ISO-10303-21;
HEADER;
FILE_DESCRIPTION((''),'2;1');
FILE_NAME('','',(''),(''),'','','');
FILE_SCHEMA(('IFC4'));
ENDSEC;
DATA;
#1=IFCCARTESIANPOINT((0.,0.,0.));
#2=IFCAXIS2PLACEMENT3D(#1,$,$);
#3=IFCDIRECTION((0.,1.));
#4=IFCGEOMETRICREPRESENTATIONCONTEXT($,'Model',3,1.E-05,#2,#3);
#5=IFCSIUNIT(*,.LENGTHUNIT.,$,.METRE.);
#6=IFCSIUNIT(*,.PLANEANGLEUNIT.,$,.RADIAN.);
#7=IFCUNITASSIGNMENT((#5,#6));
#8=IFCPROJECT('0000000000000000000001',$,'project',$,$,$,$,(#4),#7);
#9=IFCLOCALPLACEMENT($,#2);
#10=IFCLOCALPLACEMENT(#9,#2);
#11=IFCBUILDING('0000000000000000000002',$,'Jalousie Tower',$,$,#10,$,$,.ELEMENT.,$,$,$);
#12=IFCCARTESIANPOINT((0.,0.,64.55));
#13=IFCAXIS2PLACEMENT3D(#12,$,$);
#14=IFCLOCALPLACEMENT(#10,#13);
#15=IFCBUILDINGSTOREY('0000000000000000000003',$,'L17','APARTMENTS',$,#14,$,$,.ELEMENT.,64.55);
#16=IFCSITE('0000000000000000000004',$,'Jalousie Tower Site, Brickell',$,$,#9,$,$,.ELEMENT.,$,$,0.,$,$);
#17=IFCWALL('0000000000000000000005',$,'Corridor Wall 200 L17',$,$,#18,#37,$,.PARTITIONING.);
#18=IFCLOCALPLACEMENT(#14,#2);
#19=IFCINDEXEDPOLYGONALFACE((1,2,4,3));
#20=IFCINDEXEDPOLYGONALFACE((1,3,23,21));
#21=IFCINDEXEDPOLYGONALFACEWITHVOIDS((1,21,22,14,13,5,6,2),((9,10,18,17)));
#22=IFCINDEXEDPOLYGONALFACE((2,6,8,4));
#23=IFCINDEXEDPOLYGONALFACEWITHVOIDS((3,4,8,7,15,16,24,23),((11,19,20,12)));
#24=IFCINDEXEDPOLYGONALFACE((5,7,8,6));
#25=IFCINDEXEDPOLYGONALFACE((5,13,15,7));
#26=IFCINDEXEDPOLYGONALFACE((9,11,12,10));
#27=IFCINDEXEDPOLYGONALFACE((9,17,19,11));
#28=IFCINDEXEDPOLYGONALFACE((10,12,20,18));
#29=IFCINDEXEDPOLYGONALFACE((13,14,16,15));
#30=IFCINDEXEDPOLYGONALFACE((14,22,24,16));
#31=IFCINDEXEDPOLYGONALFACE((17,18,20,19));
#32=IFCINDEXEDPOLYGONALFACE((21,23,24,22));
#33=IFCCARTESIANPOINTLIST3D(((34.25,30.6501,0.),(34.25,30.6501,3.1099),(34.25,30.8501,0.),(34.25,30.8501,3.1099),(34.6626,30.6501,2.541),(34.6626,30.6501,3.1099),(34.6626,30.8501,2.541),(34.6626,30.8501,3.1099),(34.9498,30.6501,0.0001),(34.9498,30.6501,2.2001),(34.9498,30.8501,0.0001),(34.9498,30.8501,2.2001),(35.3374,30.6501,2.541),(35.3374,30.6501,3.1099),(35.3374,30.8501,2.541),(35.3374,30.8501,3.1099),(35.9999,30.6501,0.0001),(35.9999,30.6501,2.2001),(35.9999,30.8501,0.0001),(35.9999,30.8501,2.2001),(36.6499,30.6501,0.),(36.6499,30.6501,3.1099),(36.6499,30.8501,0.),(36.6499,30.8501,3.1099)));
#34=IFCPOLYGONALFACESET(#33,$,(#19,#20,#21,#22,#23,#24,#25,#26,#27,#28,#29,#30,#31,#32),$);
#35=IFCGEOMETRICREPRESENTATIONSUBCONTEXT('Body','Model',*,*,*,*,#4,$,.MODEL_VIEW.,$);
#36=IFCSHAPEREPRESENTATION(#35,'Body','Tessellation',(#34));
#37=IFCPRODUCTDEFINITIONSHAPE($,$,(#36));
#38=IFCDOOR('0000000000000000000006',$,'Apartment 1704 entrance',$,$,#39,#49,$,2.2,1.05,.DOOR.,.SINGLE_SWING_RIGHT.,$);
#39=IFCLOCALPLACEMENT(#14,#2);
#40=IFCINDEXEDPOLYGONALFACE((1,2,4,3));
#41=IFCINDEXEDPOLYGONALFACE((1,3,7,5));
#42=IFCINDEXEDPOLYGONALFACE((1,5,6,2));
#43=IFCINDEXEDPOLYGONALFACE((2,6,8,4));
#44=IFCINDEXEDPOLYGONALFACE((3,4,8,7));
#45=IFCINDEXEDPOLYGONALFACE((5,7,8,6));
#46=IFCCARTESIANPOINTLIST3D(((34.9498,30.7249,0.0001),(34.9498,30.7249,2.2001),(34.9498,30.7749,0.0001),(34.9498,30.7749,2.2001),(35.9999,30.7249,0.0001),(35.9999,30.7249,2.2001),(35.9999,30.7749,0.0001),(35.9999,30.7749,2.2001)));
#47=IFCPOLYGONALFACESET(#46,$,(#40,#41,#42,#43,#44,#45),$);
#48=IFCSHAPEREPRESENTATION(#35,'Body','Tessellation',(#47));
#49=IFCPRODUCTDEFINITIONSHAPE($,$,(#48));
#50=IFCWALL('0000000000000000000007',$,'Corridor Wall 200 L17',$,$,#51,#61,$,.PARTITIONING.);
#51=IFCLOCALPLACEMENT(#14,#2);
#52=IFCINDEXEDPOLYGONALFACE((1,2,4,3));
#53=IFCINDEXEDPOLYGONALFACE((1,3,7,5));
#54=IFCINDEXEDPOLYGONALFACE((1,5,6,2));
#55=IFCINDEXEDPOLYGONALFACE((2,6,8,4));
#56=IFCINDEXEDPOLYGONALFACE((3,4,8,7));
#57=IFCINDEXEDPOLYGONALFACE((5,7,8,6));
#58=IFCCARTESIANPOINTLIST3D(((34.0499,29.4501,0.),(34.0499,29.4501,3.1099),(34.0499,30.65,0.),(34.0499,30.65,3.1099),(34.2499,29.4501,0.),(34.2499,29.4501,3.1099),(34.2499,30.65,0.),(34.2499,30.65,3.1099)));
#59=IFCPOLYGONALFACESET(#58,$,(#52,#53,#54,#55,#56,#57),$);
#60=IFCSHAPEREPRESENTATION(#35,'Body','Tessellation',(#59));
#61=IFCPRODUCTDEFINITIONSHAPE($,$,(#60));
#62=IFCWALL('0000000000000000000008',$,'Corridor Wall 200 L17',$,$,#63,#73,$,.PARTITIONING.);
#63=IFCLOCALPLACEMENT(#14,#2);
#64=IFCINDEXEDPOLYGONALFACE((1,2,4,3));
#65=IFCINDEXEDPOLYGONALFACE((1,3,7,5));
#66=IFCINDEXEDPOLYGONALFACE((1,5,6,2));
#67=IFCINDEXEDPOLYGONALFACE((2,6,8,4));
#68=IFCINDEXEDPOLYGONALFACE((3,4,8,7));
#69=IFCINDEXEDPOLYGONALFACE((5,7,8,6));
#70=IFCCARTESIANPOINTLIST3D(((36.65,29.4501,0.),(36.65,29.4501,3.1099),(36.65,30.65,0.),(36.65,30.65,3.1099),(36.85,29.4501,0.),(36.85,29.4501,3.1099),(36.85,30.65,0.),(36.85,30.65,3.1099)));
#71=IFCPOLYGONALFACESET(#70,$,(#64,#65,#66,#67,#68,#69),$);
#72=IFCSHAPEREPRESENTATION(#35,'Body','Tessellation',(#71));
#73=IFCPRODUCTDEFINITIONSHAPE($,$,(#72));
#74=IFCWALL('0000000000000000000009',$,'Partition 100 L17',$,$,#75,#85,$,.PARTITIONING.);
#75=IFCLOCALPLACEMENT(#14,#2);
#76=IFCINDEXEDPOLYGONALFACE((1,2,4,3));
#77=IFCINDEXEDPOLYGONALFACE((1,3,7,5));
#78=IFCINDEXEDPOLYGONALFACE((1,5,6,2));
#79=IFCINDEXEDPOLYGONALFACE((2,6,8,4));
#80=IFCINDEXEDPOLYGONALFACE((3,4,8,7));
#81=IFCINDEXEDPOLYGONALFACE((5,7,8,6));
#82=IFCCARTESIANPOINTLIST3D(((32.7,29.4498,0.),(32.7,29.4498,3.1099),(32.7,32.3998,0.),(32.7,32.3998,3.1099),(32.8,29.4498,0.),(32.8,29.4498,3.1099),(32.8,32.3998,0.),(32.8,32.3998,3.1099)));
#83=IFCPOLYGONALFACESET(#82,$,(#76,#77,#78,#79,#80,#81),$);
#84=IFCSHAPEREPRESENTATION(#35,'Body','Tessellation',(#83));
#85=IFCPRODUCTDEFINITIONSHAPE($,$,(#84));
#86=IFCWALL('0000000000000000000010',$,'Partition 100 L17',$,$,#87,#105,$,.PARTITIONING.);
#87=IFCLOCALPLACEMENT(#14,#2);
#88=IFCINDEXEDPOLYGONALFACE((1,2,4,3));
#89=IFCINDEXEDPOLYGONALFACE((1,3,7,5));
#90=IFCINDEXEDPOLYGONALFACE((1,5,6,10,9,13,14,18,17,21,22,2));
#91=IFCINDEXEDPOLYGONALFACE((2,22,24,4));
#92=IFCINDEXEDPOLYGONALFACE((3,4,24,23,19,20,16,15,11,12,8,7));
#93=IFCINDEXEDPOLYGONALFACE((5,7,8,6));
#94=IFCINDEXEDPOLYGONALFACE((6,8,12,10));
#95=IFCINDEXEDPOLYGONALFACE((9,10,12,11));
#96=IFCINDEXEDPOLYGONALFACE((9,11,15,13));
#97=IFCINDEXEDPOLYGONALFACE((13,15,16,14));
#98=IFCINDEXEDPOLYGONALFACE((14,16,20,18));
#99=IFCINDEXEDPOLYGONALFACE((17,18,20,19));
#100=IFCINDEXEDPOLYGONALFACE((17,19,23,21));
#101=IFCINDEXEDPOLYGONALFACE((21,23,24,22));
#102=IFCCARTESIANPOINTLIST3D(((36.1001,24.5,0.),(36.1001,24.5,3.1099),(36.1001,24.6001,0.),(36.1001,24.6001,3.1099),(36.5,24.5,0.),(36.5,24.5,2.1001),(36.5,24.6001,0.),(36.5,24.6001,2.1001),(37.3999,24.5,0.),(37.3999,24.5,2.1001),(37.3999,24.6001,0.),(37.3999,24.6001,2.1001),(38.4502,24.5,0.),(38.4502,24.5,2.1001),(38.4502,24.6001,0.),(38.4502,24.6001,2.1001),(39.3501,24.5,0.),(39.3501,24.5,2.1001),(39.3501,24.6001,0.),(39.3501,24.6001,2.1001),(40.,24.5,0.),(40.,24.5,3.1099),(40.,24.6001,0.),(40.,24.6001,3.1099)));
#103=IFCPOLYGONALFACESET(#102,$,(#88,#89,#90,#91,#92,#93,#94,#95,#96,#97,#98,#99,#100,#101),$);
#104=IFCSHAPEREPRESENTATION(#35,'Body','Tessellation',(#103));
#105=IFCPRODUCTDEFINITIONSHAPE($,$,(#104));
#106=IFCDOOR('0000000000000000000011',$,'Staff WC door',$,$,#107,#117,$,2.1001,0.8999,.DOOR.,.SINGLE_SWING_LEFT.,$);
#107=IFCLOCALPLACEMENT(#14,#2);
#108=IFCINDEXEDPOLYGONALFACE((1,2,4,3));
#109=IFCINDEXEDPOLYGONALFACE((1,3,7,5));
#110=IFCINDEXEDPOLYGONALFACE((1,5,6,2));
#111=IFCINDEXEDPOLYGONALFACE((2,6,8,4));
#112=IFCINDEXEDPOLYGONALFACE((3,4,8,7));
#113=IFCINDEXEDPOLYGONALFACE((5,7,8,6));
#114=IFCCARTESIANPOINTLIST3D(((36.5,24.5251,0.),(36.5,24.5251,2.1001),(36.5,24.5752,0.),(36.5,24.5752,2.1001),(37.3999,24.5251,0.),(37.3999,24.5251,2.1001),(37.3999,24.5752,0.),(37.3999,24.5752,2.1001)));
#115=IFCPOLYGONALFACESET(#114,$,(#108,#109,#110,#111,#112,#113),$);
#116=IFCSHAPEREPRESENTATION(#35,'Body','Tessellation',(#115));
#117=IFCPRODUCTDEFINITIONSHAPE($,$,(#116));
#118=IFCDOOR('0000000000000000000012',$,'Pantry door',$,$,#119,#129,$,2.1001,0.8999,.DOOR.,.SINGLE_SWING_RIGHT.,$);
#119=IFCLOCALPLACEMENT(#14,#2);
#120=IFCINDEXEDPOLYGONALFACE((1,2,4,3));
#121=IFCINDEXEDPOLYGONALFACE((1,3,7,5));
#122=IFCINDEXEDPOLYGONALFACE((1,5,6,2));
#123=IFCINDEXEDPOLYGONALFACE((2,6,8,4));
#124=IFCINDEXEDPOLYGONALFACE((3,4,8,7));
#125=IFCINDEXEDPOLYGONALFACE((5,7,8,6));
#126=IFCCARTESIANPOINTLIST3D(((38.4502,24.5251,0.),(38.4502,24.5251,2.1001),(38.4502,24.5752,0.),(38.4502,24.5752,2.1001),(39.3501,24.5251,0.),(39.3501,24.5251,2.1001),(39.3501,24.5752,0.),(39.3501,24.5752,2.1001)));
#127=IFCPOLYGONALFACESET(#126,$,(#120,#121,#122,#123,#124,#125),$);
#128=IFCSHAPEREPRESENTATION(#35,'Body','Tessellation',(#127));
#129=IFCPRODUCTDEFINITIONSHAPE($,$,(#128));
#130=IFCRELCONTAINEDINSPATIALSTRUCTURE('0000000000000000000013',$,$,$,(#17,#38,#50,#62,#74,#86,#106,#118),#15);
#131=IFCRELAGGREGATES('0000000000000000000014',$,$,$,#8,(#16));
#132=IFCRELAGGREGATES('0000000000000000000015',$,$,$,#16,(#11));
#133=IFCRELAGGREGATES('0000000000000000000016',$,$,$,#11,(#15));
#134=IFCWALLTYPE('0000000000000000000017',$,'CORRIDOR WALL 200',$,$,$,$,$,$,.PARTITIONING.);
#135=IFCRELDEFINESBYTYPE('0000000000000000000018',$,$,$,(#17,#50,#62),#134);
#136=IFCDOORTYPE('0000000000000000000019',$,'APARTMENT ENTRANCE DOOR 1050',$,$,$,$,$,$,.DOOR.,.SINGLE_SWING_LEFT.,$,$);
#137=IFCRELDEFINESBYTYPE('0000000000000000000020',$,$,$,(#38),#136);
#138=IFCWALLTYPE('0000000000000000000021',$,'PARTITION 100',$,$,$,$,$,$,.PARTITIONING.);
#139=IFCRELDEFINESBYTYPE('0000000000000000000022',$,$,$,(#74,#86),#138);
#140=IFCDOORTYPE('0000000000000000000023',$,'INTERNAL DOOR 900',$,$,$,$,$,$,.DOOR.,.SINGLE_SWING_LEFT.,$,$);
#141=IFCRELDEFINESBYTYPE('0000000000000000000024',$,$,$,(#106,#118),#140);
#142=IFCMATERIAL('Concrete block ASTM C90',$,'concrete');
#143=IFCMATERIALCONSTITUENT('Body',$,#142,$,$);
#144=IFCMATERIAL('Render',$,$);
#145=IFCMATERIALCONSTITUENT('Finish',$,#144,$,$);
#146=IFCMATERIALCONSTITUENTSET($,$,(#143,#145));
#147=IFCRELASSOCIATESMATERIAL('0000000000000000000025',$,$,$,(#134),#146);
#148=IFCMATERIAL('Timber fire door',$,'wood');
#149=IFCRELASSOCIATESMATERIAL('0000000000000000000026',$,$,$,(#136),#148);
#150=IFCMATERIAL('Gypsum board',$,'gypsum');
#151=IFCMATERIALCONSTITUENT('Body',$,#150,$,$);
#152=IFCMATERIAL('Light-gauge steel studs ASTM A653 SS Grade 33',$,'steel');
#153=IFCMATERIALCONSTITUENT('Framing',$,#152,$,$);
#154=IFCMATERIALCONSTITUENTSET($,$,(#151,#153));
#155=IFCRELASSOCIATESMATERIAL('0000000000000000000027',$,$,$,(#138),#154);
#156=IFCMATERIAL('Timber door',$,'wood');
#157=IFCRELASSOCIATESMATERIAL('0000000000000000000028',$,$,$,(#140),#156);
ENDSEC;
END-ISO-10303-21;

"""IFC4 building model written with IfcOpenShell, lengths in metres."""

from ifc_helpers import new_model, si_unit, direction, frame, frame_2d, origin, place, context, subcontext, project, spatial, polyline, rectangle, outline, extrude, material, constituent, constituent_set, type_object, element, fill, save


model = new_model("IFC4")

# Units and contexts
model_context = context("Model", 3, precision=1e-05, world=origin(), true_north=direction((0.0, 1.0)))
body_context = subcontext(model_context, "Body", "Model", "MODEL_VIEW")
ifc_project = project(units=[si_unit("LENGTHUNIT", "METRE"), si_unit("PLANEANGLEUNIT", "RADIAN")], contexts=[model_context])

# Site, building, storey
site_placement = place(None, origin())
site = spatial("IfcSite", under=ifc_project, at=site_placement, Name="Jalousie Tower Site, Brickell", CompositionType="ELEMENT", RefElevation=0.0)
building_placement = place(site_placement, origin())
building = spatial("IfcBuilding", under=site, at=building_placement, Name="Jalousie Tower", CompositionType="ELEMENT")
storey_placement = place(building_placement, frame((0.0, 0.0, 64.55)))
storey = spatial("IfcBuildingStorey", under=building, at=storey_placement, Name="L17", Description="APARTMENTS", CompositionType="ELEMENT", Elevation=64.55)

# Shared definitions
ifc_material_1 = material(Name="Concrete block ASTM C90", Category="concrete")
ifc_constituent_1 = constituent(ifc_material_1, Name="Body")
ifc_material_2 = material(Name="Render")
ifc_constituent_2 = constituent(ifc_material_2, Name="Finish")
ifc_constituent_set_1 = constituent_set(constituents=[ifc_constituent_1, ifc_constituent_2])
wall_type_1 = type_object("IfcWallType", Name="CORRIDOR WALL 200", PredefinedType="PARTITIONING", material=ifc_constituent_set_1)

# Wall, opening, door
wall_1_placement = place(storey_placement, frame((34.25, 30.75, 0.0), z_axis=(0.0, 0.0, 1.0), x_axis=(1.0, 0.0, 0.0)))
wall_1 = element("IfcWall", 1, at=wall_1_placement, inside=storey, type_object=wall_type_1, Name="Corridor Wall 200 L17", PredefinedType="PARTITIONING", context=body_context, shape_type="SweptSolid", body=[
    extrude(outline(polyline([(0.0, 0.0), (2.3999, 0.0), (2.3999, 3.1099), (1.0874, 3.1099), (1.0874, 2.541), (0.4126, 2.541), (0.4126, 3.1099), (0.0, 3.1099), (0.0, 0.0)])), frame((0.0, 0.1001, 0.0), z_axis=(0.0, -1.0, 0.0), x_axis=(1.0, 0.0, 0.0)), (0.0, 0.0, 1.0), 0.2),
])
opening_1_placement = place(wall_1_placement, frame((0.7, 0.0, 0.0)))
opening_1 = element("IfcOpeningElement", 2, at=opening_1_placement, cuts=wall_1, PredefinedType="OPENING", context=body_context, shape_type="SweptSolid", body=[
    extrude(rectangle(XDim=1.05, YDim=2.2, at=frame_2d((0.5249, 1.1001))), frame((0.0, 0.1099, 0.0), z_axis=(0.0, -1.0, 0.0), x_axis=(1.0, 0.0, 0.0)), (0.0, 0.0, 1.0), 0.22),
])
ifc_material_3 = material(Name="Timber fire door", Category="wood")
door_type_1 = type_object("IfcDoorType", Name="APARTMENT ENTRANCE DOOR 1050", OperationType="SINGLE_SWING_LEFT", PredefinedType="DOOR", material=ifc_material_3)
door_1_placement = place(opening_1_placement, origin())
door_1 = element("IfcDoor", 3, at=door_1_placement, inside=storey, type_object=door_type_1, Name="Apartment 1704 entrance", OperationType="SINGLE_SWING_RIGHT", OverallHeight=2.2, OverallWidth=1.05, PredefinedType="DOOR", context=body_context, shape_type="SweptSolid", body=[
    extrude(rectangle(XDim=1.05, YDim=2.2, at=frame_2d((0.5249, 1.1001))), frame((0.0, 0.0249, 0.0), z_axis=(0.0, -1.0, 0.0), x_axis=(1.0, 0.0, 0.0)), (0.0, 0.0, 1.0), 0.05),
])
fill(opening_1, door_1)

# Walls
for number, where, z_axis, x_axis, name in (
    (4, (34.1499, 29.45, 0.0), (0.0, 0.0, 1.0), (0.0, 1.0, 0.0), "Corridor Wall 200 L17"),
    (5, (36.75, 29.45, 0.0), (0.0, 0.0, 1.0), (0.0, 1.0, 0.0), "Corridor Wall 200 L17"),
):
    element("IfcWall", number, at=place(storey_placement, frame(where, z_axis=z_axis, x_axis=x_axis)), inside=storey, type_object=wall_type_1, Name=name, PredefinedType="PARTITIONING", context=body_context, shape_type="SweptSolid", body=[
        extrude(rectangle(XDim=1.2, YDim=0.2, at=frame_2d((0.6001, 0.0))), origin(), (0.0, 0.0, 1.0), 3.1099),
    ])
ifc_material_4 = material(Name="Gypsum board", Category="gypsum")
ifc_constituent_3 = constituent(ifc_material_4, Name="Body")
ifc_material_5 = material(Name="Light-gauge steel studs ASTM A653 SS Grade 33", Category="steel")
ifc_constituent_4 = constituent(ifc_material_5, Name="Framing")
ifc_constituent_set_2 = constituent_set(constituents=[ifc_constituent_3, ifc_constituent_4])
wall_type_2 = type_object("IfcWallType", Name="PARTITION 100", PredefinedType="PARTITIONING", material=ifc_constituent_set_2)
wall_2_placement = place(storey_placement, frame((32.75, 32.3999, 0.0), z_axis=(0.0, 0.0, 1.0), x_axis=(0.0, -1.0, 0.0)))
element("IfcWall", 6, at=wall_2_placement, inside=storey, type_object=wall_type_2, Name="Partition 100 L17", PredefinedType="PARTITIONING", context=body_context, shape_type="SweptSolid", body=[
    extrude(rectangle(XDim=2.95, YDim=0.1001, at=frame_2d((1.4751, 0.0))), origin(), (0.0, 0.0, 1.0), 3.1099),
])

# Wall, openings, doors
wall_3_placement = place(storey_placement, frame((36.1001, 24.55, 0.0), z_axis=(0.0, 0.0, 1.0), x_axis=(1.0, 0.0, 0.0)))
wall_3 = element("IfcWall", 7, at=wall_3_placement, inside=storey, type_object=wall_type_2, Name="Partition 100 L17", PredefinedType="PARTITIONING", context=body_context, shape_type="SweptSolid", body=[
    extrude(rectangle(XDim=3.8999, YDim=0.1001, at=frame_2d((1.95, 0.0))), origin(), (0.0, 0.0, 1.0), 3.1099),
])
opening_2_placement = place(wall_3_placement, frame((0.3999, 0.0, 0.0)))
opening_2 = element("IfcOpeningElement", 8, at=opening_2_placement, cuts=wall_3, PredefinedType="OPENING", context=body_context, shape_type="SweptSolid", body=[
    extrude(rectangle(XDim=0.8999, YDim=2.1001, at=frame_2d((0.45, 1.05))), frame((0.0, 0.0601, 0.0), z_axis=(0.0, -1.0, 0.0), x_axis=(1.0, 0.0, 0.0)), (0.0, 0.0, 1.0), 0.1201),
])
opening_3_placement = place(wall_3_placement, frame((2.3501, 0.0, 0.0)))
opening_3 = element("IfcOpeningElement", 9, at=opening_3_placement, cuts=wall_3, PredefinedType="OPENING", context=body_context, shape_type="SweptSolid", body=[
    extrude(rectangle(XDim=0.8999, YDim=2.1001, at=frame_2d((0.45, 1.05))), frame((0.0, 0.0601, 0.0), z_axis=(0.0, -1.0, 0.0), x_axis=(1.0, 0.0, 0.0)), (0.0, 0.0, 1.0), 0.1201),
])
ifc_material_6 = material(Name="Timber door", Category="wood")
door_type_2 = type_object("IfcDoorType", Name="INTERNAL DOOR 900", OperationType="SINGLE_SWING_LEFT", PredefinedType="DOOR", material=ifc_material_6)
door_2_placement = place(opening_2_placement, frame((0.8999, 0.0, 0.0), z_axis=(0.0, 0.0, 1.0), x_axis=(-1.0, 0.0, 0.0)))
door_2 = element("IfcDoor", 10, at=door_2_placement, inside=storey, type_object=door_type_2, Name="Staff WC door", OperationType="SINGLE_SWING_LEFT", OverallHeight=2.1001, OverallWidth=0.8999, PredefinedType="DOOR", context=body_context, shape_type="SweptSolid", body=[
    extrude(rectangle(XDim=0.8999, YDim=2.1001, at=frame_2d((0.45, 1.05))), frame((0.0, 0.0249, 0.0), z_axis=(0.0, -1.0, 0.0), x_axis=(1.0, 0.0, 0.0)), (0.0, 0.0, 1.0), 0.05),
])
fill(opening_2, door_2)
door_3_placement = place(opening_3_placement, frame((0.8999, 0.0, 0.0), z_axis=(0.0, 0.0, 1.0), x_axis=(-1.0, 0.0, 0.0)))
door_3 = element("IfcDoor", 11, at=door_3_placement, inside=storey, type_object=door_type_2, Name="Pantry door", OperationType="SINGLE_SWING_RIGHT", OverallHeight=2.1001, OverallWidth=0.8999, PredefinedType="DOOR", context=body_context, shape_type="SweptSolid", body=[
    extrude(rectangle(XDim=0.8999, YDim=2.1001, at=frame_2d((0.45, 1.05))), frame((0.0, 0.0249, 0.0), z_axis=(0.0, -1.0, 0.0), x_axis=(1.0, 0.0, 0.0)), (0.0, 0.0, 1.0), 0.05),
])
fill(opening_3, door_3)

save(model, "model.ifc")
